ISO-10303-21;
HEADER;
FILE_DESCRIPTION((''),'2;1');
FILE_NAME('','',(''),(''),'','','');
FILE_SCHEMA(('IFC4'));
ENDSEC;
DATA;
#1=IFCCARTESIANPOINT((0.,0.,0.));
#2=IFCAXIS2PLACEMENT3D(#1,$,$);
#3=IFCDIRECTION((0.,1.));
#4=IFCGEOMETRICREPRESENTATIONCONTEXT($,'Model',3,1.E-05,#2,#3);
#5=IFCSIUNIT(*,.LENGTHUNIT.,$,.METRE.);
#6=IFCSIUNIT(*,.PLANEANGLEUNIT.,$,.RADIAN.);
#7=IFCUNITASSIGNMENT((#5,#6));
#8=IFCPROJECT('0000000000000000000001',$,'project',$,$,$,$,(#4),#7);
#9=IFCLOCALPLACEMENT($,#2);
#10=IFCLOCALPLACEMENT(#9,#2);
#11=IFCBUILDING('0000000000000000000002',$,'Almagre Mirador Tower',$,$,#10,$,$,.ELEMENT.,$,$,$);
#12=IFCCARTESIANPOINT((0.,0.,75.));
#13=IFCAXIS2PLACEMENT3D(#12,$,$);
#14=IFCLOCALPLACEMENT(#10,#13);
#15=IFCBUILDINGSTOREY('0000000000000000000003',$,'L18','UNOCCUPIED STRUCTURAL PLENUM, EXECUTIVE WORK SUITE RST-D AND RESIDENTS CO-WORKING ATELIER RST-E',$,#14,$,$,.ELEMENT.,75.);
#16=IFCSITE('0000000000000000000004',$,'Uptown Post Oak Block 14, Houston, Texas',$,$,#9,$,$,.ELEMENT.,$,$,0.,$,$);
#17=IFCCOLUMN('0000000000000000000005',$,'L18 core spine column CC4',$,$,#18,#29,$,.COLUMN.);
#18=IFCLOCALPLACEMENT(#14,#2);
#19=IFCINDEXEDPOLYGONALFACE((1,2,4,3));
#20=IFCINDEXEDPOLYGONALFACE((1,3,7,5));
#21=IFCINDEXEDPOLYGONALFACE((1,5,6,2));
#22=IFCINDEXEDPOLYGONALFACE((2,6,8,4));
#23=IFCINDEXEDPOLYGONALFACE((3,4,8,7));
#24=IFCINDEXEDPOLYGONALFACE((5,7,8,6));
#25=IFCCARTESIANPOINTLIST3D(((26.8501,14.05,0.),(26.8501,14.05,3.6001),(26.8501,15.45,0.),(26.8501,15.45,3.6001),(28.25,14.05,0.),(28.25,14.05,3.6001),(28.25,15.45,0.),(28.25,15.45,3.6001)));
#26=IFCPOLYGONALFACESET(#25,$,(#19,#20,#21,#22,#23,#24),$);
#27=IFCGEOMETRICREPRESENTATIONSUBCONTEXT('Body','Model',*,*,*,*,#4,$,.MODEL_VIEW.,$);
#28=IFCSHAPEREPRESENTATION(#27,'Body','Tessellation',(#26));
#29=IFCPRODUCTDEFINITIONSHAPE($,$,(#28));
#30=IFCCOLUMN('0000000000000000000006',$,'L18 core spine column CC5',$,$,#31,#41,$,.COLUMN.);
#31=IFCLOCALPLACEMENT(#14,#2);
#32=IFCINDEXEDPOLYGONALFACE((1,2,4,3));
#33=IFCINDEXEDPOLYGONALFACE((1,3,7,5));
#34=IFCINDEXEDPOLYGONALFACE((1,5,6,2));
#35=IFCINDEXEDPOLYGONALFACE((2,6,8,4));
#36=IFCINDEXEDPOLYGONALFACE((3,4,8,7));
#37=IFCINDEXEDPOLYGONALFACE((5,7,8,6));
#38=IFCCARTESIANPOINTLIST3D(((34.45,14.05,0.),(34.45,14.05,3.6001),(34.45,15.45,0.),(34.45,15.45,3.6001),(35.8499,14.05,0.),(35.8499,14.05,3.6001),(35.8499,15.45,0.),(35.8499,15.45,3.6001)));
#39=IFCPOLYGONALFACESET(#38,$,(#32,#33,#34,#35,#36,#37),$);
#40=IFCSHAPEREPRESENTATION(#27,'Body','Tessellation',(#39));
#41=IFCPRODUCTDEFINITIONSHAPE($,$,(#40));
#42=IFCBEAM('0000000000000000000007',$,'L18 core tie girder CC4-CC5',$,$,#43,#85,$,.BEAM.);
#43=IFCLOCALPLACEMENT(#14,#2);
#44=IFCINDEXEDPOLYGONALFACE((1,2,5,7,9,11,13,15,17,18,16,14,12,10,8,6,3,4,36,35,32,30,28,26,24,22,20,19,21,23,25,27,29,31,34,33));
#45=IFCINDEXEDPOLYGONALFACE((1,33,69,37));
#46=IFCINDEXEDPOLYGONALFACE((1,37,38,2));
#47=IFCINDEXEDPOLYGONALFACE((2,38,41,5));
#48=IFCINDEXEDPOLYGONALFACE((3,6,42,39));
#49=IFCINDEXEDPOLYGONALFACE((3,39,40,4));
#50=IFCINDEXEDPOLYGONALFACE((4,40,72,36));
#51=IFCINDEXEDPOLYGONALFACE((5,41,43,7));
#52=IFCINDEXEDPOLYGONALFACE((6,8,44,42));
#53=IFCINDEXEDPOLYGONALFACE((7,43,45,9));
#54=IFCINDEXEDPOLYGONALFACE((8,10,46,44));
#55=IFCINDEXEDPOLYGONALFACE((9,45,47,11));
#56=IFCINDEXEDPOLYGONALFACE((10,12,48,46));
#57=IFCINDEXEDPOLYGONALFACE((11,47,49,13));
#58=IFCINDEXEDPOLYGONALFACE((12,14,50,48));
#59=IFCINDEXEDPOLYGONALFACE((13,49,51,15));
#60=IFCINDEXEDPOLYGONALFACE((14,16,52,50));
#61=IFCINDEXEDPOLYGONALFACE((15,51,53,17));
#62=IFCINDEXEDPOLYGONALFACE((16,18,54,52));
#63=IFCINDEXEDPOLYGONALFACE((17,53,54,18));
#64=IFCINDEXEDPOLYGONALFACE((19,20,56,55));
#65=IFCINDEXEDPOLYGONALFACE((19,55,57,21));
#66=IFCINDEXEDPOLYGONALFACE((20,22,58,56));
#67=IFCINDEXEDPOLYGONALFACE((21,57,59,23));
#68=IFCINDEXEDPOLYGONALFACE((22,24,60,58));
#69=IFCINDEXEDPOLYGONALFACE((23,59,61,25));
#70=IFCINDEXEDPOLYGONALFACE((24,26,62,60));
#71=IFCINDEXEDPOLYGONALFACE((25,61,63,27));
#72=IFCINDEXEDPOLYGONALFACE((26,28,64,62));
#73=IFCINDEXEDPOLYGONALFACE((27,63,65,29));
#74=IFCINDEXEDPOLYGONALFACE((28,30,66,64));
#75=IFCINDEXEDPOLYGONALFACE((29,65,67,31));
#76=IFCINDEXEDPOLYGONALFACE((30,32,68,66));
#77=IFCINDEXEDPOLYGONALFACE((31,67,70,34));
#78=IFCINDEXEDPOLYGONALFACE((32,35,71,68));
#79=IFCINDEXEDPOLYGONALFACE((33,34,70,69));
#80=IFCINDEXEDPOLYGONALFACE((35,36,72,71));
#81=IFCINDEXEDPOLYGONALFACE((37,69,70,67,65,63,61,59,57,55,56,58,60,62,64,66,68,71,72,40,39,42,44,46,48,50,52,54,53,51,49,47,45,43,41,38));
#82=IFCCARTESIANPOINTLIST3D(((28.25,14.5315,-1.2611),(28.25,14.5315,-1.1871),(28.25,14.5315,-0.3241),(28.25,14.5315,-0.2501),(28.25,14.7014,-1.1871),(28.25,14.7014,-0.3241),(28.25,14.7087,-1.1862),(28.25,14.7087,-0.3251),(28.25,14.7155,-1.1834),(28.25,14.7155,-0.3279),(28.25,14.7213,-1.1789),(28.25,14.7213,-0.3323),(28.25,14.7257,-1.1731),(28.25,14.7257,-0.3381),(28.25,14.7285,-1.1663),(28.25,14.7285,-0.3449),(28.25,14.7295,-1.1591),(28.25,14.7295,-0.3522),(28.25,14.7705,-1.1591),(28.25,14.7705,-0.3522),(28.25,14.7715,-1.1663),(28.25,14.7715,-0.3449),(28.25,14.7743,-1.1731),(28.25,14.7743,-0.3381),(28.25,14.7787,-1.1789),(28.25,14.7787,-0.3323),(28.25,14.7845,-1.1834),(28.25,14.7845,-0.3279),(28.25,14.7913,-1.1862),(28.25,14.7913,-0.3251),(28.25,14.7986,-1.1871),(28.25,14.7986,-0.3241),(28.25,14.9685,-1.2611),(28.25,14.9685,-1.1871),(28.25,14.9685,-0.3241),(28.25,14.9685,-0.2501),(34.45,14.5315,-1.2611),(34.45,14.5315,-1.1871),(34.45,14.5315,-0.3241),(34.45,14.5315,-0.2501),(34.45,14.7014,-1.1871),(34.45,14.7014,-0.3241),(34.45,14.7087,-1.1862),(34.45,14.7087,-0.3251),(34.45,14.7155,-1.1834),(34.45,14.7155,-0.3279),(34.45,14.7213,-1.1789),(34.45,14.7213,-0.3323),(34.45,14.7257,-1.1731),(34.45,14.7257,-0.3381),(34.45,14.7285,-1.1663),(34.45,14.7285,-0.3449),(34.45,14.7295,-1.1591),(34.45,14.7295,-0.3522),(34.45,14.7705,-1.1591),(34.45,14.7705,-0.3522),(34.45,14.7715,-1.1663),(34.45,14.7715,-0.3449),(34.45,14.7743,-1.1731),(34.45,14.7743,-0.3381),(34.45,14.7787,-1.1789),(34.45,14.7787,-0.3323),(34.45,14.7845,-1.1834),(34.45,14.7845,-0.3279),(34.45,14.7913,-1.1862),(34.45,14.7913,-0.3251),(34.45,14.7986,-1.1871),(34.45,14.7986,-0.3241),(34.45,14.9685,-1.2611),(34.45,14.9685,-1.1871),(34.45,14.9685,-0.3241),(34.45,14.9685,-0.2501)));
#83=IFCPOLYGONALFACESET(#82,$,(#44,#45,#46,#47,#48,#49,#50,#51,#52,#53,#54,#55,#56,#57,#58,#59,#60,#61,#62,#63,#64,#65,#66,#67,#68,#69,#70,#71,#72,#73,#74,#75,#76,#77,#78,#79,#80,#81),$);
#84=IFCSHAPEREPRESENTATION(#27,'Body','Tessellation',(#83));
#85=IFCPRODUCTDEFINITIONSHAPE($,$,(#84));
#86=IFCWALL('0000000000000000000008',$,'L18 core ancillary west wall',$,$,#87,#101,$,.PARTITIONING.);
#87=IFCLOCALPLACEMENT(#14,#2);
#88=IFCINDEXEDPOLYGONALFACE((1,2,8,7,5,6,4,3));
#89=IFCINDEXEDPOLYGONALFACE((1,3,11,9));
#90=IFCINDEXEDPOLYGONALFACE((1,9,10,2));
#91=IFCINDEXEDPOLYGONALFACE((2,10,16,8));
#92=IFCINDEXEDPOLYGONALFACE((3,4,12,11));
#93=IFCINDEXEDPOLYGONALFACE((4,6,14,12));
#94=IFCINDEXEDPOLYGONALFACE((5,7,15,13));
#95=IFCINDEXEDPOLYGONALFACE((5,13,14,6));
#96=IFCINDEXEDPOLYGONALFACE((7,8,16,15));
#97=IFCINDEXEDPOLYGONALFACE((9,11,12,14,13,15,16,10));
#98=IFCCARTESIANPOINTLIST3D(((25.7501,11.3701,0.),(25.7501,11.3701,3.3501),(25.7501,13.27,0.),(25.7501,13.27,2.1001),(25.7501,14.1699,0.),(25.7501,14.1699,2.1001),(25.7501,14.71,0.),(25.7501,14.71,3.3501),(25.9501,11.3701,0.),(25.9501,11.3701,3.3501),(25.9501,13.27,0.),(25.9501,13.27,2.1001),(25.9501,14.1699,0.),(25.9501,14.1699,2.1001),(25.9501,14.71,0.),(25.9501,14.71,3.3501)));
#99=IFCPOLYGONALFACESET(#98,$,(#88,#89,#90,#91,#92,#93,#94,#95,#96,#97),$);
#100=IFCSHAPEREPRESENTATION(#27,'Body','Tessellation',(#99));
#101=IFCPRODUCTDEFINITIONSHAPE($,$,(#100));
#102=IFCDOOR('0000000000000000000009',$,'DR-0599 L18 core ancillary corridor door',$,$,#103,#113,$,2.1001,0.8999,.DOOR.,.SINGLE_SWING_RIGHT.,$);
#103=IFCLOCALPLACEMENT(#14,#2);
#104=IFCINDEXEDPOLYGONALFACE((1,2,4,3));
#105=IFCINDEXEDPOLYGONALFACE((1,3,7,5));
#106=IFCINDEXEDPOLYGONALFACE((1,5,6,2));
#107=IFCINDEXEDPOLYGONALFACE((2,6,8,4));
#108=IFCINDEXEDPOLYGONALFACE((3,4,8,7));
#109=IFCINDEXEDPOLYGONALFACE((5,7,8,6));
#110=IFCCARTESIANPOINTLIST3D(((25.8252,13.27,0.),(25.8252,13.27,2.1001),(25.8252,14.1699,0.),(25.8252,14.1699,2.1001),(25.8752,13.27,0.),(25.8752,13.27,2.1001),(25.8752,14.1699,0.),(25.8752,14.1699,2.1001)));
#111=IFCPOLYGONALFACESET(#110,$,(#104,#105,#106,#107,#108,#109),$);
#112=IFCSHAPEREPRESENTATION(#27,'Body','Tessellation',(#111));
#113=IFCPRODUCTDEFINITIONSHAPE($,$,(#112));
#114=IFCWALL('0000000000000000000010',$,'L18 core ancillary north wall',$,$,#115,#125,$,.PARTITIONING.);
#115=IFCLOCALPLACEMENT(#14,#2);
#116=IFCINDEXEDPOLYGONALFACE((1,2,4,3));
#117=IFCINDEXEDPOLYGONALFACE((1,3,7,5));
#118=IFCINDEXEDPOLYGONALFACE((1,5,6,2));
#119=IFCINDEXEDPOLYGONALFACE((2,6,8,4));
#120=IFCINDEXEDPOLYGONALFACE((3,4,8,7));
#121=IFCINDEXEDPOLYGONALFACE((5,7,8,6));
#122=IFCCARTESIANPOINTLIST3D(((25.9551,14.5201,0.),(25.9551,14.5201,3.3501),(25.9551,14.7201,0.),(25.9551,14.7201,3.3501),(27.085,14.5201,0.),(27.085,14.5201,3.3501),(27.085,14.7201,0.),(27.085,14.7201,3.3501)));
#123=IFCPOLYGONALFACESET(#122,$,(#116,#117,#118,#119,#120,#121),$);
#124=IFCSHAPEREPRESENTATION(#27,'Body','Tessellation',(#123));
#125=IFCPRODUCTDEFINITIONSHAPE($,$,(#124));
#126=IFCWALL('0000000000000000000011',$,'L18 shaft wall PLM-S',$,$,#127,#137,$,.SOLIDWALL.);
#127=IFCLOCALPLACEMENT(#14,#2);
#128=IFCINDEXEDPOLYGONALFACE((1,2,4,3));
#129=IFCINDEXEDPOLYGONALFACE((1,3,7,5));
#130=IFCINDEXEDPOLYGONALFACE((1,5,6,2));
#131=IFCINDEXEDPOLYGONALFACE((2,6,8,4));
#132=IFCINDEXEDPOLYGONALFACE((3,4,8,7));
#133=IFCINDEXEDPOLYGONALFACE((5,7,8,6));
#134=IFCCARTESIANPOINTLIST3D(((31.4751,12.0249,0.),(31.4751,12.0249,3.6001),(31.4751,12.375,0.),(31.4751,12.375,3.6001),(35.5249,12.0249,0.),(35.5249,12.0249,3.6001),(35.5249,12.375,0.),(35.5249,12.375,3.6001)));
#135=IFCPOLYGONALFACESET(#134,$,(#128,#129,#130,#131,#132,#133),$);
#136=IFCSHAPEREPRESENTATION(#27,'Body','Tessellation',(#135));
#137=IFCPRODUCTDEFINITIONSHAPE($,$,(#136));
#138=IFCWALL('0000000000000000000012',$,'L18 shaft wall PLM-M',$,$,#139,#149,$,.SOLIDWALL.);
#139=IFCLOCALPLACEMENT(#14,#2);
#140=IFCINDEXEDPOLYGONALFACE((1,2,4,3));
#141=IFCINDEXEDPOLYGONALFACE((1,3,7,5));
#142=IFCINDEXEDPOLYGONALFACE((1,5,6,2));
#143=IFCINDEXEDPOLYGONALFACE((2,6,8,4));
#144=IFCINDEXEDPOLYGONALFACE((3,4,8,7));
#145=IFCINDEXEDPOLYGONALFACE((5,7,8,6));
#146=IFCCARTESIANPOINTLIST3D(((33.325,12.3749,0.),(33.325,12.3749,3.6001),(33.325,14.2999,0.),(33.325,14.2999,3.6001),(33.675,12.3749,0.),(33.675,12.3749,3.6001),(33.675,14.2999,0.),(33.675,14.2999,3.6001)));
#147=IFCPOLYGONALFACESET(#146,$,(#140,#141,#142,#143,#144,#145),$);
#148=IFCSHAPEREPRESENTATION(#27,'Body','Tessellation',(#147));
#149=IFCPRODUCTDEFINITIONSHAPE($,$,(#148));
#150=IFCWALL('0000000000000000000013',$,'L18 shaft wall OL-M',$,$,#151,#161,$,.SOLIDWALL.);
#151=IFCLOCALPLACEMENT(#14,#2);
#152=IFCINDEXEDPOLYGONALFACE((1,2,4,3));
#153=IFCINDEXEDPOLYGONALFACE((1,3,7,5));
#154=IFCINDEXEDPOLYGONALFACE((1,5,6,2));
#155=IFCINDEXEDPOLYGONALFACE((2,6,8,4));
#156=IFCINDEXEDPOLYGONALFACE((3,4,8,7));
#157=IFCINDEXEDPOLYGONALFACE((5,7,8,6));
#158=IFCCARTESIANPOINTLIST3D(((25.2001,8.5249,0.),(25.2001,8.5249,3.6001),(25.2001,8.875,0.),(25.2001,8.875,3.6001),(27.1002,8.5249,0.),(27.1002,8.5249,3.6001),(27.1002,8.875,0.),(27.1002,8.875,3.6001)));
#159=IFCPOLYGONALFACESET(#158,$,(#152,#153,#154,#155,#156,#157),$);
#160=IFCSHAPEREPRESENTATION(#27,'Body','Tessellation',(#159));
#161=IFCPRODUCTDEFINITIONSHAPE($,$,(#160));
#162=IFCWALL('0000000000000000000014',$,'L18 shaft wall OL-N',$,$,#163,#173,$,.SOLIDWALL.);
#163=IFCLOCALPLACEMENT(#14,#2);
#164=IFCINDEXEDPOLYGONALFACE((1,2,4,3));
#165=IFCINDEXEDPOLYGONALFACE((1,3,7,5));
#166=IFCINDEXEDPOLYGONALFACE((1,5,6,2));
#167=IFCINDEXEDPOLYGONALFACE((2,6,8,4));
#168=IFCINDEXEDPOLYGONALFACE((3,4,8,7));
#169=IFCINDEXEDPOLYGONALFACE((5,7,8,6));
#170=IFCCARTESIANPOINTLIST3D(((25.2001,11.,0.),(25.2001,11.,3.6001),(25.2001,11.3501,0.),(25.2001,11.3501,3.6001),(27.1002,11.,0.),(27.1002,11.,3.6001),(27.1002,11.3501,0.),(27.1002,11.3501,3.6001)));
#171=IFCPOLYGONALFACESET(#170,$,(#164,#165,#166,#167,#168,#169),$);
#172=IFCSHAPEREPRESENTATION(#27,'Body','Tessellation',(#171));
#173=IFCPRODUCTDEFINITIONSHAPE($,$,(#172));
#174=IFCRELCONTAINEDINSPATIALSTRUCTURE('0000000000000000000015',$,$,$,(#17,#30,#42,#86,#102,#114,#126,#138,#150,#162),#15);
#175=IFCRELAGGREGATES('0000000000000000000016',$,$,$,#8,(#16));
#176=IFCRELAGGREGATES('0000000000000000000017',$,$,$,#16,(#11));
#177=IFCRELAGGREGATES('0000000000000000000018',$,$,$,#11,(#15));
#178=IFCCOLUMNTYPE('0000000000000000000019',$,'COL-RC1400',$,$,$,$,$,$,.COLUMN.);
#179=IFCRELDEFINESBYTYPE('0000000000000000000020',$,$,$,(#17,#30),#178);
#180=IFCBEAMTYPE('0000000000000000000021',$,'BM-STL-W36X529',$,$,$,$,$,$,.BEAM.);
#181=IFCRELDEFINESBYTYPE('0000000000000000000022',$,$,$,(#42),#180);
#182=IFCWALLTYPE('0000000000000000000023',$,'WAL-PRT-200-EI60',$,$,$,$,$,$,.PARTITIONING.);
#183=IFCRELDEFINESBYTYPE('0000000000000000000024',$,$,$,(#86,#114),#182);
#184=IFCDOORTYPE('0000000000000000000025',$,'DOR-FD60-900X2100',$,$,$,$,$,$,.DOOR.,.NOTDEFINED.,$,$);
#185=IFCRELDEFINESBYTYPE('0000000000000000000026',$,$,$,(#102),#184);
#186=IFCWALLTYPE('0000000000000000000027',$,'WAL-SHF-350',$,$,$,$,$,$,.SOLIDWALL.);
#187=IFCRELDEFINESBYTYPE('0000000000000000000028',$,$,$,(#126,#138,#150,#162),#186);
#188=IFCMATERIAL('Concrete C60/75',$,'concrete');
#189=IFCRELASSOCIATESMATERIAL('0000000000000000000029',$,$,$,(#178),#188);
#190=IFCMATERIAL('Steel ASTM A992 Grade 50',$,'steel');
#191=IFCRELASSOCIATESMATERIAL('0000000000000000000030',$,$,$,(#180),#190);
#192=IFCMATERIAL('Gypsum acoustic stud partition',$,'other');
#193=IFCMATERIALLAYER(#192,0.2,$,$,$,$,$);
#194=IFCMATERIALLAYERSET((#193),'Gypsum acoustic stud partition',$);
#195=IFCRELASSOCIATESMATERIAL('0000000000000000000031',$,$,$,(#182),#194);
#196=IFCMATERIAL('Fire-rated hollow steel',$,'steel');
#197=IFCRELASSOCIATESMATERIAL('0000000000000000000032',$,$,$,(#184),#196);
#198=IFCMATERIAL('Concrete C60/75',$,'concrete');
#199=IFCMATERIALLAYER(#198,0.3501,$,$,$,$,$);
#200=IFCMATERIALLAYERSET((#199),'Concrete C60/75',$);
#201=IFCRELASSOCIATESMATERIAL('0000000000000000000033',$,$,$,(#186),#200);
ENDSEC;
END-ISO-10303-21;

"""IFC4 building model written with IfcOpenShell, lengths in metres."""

from ifc_helpers import new_model, si_unit, direction, frame, frame_2d, origin, origin_2d, place, context, subcontext, project, spatial, rectangle, i_section, extrude, material, layer, layer_set, material_profile, profile_set, type_object, element, fill, save


model = new_model("IFC4")

# Units and contexts
model_context = context("Model", 3, precision=1e-05, world=origin(), true_north=direction((0.0, 1.0)))
body_context = subcontext(model_context, "Body", "Model", "MODEL_VIEW")
ifc_project = project(units=[si_unit("LENGTHUNIT", "METRE"), si_unit("PLANEANGLEUNIT", "RADIAN")], contexts=[model_context])

# Site, building, storey
site_placement = place(None, origin())
site = spatial("IfcSite", under=ifc_project, at=site_placement, Name="Uptown Post Oak Block 14, Houston, Texas", CompositionType="ELEMENT", RefElevation=0.0)
building_placement = place(site_placement, origin())
building = spatial("IfcBuilding", under=site, at=building_placement, Name="Almagre Mirador Tower", CompositionType="ELEMENT")
storey_placement = place(building_placement, frame((0.0, 0.0, 75.0)))
storey = spatial("IfcBuildingStorey", under=building, at=storey_placement, Name="L18", Description="UNOCCUPIED STRUCTURAL PLENUM, EXECUTIVE WORK SUITE RST-D AND RESIDENTS CO-WORKING ATELIER RST-E", CompositionType="ELEMENT", Elevation=75.0)

# Columns
ifc_material_1 = material(Name="Concrete C60/75", Category="concrete")
ifc_material_profile_1 = material_profile(ifc_material_1, rectangle(XDim=1.3999, YDim=1.3999, at=origin_2d()), Name="RC1400X1400")
ifc_profile_set_1 = profile_set([ifc_material_profile_1], Name="Concrete C60/75")
column_type = type_object("IfcColumnType", Name="COL-RC1400", PredefinedType="COLUMN", material=ifc_profile_set_1)
for number, where, z_axis, x_axis, name in (
    (1, (27.55, 14.75, 0.0), (0.0, 0.0, 1.0), (1.0, 0.0, 0.0), "L18 core spine column CC4"),
    (2, (35.1499, 14.75, 0.0), (0.0, 0.0, 1.0), (1.0, 0.0, 0.0), "L18 core spine column CC5"),
):
    element("IfcColumn", number, at=place(storey_placement, frame(where, z_axis=z_axis, x_axis=x_axis)), inside=storey, type_object=column_type, Name=name, PredefinedType="COLUMN", context=body_context, shape_type="SweptSolid", body=[
        extrude(rectangle(XDim=1.3999, YDim=1.3999, at=origin_2d()), origin(), (0.0, 0.0, 1.0), 3.6001),
    ])

# Beam
ifc_material_2 = material(Name="Steel ASTM A992 Grade 50", Category="steel")
ifc_material_profile_2 = material_profile(ifc_material_2, i_section(OverallWidth=0.437, OverallDepth=1.011, WebThickness=0.041, FlangeThickness=0.074, FilletRadius=0.0281, at=origin_2d()), Name="W36X529")
ifc_profile_set_2 = profile_set([ifc_material_profile_2], Name="Steel ASTM A992 Grade 50")
beam_type = type_object("IfcBeamType", Name="BM-STL-W36X529", PredefinedType="BEAM", material=ifc_profile_set_2)
beam_placement = place(storey_placement, frame((28.25, 14.75, -0.7556), z_axis=(1.0, 0.0, 0.0), x_axis=(0.0, 1.0, 0.0)))
element("IfcBeam", 3, at=beam_placement, inside=storey, type_object=beam_type, Name="L18 core tie girder CC4-CC5", PredefinedType="BEAM", context=body_context, shape_type="SweptSolid", body=[
    extrude(i_section(OverallWidth=0.437, OverallDepth=1.011, WebThickness=0.041, FlangeThickness=0.074, FilletRadius=0.0281, at=origin_2d()), origin(), (0.0, 0.0, 1.0), 6.2),
])

# Wall, opening, door
ifc_material_3 = material(Name="Gypsum acoustic stud partition", Category="other")
ifc_layer_1 = layer(ifc_material_3, 0.2)
ifc_layer_set_1 = layer_set([ifc_layer_1], Name="Gypsum acoustic stud partition")
wall_type_1 = type_object("IfcWallType", Name="WAL-PRT-200-EI60", PredefinedType="PARTITIONING", material=ifc_layer_set_1)
wall_1_placement = place(storey_placement, frame((25.8501, 11.3701, 0.0), z_axis=(0.0, 0.0, 1.0), x_axis=(0.0, 1.0, 0.0)))
wall_1 = element("IfcWall", 4, at=wall_1_placement, inside=storey, type_object=wall_type_1, Name="L18 core ancillary west wall", PredefinedType="PARTITIONING", context=body_context, shape_type="SweptSolid", body=[
    extrude(rectangle(XDim=3.3398, YDim=0.2, at=frame_2d((1.6699, 0.0))), origin(), (0.0, 0.0, 1.0), 3.3501),
])
opening_1_placement = place(wall_1_placement, frame((1.8999, 0.0, 0.0)))
opening_1 = element("IfcOpeningElement", 5, at=opening_1_placement, cuts=wall_1, PredefinedType="OPENING", context=body_context, shape_type="SweptSolid", body=[
    extrude(rectangle(XDim=0.8999, YDim=2.1001, at=frame_2d((0.45, 1.05))), frame((0.0, 0.1101, 0.0), z_axis=(0.0, -1.0, 0.0), x_axis=(1.0, 0.0, 0.0)), (0.0, 0.0, 1.0), 0.22),
])
ifc_material_4 = material(Name="Fire-rated hollow steel", Category="steel")
door_type_1 = type_object("IfcDoorType", Name="DOR-FD60-900X2100", OperationType="NOTDEFINED", PredefinedType="DOOR", material=ifc_material_4)
door_1_placement = place(opening_1_placement, origin())
door_1 = element("IfcDoor", 6, at=door_1_placement, inside=storey, type_object=door_type_1, Name="DR-0599 L18 core ancillary corridor door", OperationType="SINGLE_SWING_RIGHT", OverallHeight=2.1001, OverallWidth=0.8999, PredefinedType="DOOR", context=body_context, shape_type="SweptSolid", body=[
    extrude(rectangle(XDim=0.8999, YDim=2.1001, at=frame_2d((0.45, 1.05))), frame((0.0, 0.0249, 0.0), z_axis=(0.0, -1.0, 0.0), x_axis=(1.0, 0.0, 0.0)), (0.0, 0.0, 1.0), 0.05),
])
fill(opening_1, door_1)

# Walls
wall_2_placement = place(storey_placement, frame((25.9551, 14.6201, 0.0), z_axis=(0.0, 0.0, 1.0), x_axis=(1.0, 0.0, 0.0)))
element("IfcWall", 7, at=wall_2_placement, inside=storey, type_object=wall_type_1, Name="L18 core ancillary north wall", PredefinedType="PARTITIONING", context=body_context, shape_type="SweptSolid", body=[
    extrude(rectangle(XDim=1.1299, YDim=0.2, at=frame_2d((0.5649, 0.0))), origin(), (0.0, 0.0, 1.0), 3.3501),
])
ifc_material_5 = material(Name="Concrete C60/75", Category="concrete")
ifc_layer_2 = layer(ifc_material_5, 0.3501)
ifc_layer_set_2 = layer_set([ifc_layer_2], Name="Concrete C60/75")
wall_type_2 = type_object("IfcWallType", Name="WAL-SHF-350", PredefinedType="SOLIDWALL", material=ifc_layer_set_2)
wall_3_placement = place(storey_placement, frame((31.4751, 12.2, 0.0), z_axis=(0.0, 0.0, 1.0), x_axis=(1.0, 0.0, 0.0)))
element("IfcWall", 8, at=wall_3_placement, inside=storey, type_object=wall_type_2, Name="L18 shaft wall PLM-S", PredefinedType="SOLIDWALL", context=body_context, shape_type="SweptSolid", body=[
    extrude(rectangle(XDim=4.0498, YDim=0.3501, at=frame_2d((2.0249, 0.0))), origin(), (0.0, 0.0, 1.0), 3.6001),
])
wall_4_placement = place(storey_placement, frame((33.5, 12.375, 0.0), z_axis=(0.0, 0.0, 1.0), x_axis=(0.0, 1.0, 0.0)))
element("IfcWall", 9, at=wall_4_placement, inside=storey, type_object=wall_type_2, Name="L18 shaft wall PLM-M", PredefinedType="SOLIDWALL", context=body_context, shape_type="SweptSolid", body=[
    extrude(rectangle(XDim=1.925, YDim=0.3501, at=frame_2d((0.9624, 0.0))), origin(), (0.0, 0.0, 1.0), 3.6001),
])
for number, where, z_axis, x_axis, name in (
    (10, (25.2, 8.7, 0.0), (0.0, 0.0, 1.0), (1.0, 0.0, 0.0), "L18 shaft wall OL-M"),
    (11, (25.2, 11.175, 0.0), (0.0, 0.0, 1.0), (1.0, 0.0, 0.0), "L18 shaft wall OL-N"),
):
    element("IfcWall", number, at=place(storey_placement, frame(where, z_axis=z_axis, x_axis=x_axis)), inside=storey, type_object=wall_type_2, Name=name, PredefinedType="SOLIDWALL", context=body_context, shape_type="SweptSolid", body=[
        extrude(rectangle(XDim=1.9001, YDim=0.3501, at=frame_2d((0.9502, 0.0))), origin(), (0.0, 0.0, 1.0), 3.6001),
    ])

save(model, "model.ifc")
